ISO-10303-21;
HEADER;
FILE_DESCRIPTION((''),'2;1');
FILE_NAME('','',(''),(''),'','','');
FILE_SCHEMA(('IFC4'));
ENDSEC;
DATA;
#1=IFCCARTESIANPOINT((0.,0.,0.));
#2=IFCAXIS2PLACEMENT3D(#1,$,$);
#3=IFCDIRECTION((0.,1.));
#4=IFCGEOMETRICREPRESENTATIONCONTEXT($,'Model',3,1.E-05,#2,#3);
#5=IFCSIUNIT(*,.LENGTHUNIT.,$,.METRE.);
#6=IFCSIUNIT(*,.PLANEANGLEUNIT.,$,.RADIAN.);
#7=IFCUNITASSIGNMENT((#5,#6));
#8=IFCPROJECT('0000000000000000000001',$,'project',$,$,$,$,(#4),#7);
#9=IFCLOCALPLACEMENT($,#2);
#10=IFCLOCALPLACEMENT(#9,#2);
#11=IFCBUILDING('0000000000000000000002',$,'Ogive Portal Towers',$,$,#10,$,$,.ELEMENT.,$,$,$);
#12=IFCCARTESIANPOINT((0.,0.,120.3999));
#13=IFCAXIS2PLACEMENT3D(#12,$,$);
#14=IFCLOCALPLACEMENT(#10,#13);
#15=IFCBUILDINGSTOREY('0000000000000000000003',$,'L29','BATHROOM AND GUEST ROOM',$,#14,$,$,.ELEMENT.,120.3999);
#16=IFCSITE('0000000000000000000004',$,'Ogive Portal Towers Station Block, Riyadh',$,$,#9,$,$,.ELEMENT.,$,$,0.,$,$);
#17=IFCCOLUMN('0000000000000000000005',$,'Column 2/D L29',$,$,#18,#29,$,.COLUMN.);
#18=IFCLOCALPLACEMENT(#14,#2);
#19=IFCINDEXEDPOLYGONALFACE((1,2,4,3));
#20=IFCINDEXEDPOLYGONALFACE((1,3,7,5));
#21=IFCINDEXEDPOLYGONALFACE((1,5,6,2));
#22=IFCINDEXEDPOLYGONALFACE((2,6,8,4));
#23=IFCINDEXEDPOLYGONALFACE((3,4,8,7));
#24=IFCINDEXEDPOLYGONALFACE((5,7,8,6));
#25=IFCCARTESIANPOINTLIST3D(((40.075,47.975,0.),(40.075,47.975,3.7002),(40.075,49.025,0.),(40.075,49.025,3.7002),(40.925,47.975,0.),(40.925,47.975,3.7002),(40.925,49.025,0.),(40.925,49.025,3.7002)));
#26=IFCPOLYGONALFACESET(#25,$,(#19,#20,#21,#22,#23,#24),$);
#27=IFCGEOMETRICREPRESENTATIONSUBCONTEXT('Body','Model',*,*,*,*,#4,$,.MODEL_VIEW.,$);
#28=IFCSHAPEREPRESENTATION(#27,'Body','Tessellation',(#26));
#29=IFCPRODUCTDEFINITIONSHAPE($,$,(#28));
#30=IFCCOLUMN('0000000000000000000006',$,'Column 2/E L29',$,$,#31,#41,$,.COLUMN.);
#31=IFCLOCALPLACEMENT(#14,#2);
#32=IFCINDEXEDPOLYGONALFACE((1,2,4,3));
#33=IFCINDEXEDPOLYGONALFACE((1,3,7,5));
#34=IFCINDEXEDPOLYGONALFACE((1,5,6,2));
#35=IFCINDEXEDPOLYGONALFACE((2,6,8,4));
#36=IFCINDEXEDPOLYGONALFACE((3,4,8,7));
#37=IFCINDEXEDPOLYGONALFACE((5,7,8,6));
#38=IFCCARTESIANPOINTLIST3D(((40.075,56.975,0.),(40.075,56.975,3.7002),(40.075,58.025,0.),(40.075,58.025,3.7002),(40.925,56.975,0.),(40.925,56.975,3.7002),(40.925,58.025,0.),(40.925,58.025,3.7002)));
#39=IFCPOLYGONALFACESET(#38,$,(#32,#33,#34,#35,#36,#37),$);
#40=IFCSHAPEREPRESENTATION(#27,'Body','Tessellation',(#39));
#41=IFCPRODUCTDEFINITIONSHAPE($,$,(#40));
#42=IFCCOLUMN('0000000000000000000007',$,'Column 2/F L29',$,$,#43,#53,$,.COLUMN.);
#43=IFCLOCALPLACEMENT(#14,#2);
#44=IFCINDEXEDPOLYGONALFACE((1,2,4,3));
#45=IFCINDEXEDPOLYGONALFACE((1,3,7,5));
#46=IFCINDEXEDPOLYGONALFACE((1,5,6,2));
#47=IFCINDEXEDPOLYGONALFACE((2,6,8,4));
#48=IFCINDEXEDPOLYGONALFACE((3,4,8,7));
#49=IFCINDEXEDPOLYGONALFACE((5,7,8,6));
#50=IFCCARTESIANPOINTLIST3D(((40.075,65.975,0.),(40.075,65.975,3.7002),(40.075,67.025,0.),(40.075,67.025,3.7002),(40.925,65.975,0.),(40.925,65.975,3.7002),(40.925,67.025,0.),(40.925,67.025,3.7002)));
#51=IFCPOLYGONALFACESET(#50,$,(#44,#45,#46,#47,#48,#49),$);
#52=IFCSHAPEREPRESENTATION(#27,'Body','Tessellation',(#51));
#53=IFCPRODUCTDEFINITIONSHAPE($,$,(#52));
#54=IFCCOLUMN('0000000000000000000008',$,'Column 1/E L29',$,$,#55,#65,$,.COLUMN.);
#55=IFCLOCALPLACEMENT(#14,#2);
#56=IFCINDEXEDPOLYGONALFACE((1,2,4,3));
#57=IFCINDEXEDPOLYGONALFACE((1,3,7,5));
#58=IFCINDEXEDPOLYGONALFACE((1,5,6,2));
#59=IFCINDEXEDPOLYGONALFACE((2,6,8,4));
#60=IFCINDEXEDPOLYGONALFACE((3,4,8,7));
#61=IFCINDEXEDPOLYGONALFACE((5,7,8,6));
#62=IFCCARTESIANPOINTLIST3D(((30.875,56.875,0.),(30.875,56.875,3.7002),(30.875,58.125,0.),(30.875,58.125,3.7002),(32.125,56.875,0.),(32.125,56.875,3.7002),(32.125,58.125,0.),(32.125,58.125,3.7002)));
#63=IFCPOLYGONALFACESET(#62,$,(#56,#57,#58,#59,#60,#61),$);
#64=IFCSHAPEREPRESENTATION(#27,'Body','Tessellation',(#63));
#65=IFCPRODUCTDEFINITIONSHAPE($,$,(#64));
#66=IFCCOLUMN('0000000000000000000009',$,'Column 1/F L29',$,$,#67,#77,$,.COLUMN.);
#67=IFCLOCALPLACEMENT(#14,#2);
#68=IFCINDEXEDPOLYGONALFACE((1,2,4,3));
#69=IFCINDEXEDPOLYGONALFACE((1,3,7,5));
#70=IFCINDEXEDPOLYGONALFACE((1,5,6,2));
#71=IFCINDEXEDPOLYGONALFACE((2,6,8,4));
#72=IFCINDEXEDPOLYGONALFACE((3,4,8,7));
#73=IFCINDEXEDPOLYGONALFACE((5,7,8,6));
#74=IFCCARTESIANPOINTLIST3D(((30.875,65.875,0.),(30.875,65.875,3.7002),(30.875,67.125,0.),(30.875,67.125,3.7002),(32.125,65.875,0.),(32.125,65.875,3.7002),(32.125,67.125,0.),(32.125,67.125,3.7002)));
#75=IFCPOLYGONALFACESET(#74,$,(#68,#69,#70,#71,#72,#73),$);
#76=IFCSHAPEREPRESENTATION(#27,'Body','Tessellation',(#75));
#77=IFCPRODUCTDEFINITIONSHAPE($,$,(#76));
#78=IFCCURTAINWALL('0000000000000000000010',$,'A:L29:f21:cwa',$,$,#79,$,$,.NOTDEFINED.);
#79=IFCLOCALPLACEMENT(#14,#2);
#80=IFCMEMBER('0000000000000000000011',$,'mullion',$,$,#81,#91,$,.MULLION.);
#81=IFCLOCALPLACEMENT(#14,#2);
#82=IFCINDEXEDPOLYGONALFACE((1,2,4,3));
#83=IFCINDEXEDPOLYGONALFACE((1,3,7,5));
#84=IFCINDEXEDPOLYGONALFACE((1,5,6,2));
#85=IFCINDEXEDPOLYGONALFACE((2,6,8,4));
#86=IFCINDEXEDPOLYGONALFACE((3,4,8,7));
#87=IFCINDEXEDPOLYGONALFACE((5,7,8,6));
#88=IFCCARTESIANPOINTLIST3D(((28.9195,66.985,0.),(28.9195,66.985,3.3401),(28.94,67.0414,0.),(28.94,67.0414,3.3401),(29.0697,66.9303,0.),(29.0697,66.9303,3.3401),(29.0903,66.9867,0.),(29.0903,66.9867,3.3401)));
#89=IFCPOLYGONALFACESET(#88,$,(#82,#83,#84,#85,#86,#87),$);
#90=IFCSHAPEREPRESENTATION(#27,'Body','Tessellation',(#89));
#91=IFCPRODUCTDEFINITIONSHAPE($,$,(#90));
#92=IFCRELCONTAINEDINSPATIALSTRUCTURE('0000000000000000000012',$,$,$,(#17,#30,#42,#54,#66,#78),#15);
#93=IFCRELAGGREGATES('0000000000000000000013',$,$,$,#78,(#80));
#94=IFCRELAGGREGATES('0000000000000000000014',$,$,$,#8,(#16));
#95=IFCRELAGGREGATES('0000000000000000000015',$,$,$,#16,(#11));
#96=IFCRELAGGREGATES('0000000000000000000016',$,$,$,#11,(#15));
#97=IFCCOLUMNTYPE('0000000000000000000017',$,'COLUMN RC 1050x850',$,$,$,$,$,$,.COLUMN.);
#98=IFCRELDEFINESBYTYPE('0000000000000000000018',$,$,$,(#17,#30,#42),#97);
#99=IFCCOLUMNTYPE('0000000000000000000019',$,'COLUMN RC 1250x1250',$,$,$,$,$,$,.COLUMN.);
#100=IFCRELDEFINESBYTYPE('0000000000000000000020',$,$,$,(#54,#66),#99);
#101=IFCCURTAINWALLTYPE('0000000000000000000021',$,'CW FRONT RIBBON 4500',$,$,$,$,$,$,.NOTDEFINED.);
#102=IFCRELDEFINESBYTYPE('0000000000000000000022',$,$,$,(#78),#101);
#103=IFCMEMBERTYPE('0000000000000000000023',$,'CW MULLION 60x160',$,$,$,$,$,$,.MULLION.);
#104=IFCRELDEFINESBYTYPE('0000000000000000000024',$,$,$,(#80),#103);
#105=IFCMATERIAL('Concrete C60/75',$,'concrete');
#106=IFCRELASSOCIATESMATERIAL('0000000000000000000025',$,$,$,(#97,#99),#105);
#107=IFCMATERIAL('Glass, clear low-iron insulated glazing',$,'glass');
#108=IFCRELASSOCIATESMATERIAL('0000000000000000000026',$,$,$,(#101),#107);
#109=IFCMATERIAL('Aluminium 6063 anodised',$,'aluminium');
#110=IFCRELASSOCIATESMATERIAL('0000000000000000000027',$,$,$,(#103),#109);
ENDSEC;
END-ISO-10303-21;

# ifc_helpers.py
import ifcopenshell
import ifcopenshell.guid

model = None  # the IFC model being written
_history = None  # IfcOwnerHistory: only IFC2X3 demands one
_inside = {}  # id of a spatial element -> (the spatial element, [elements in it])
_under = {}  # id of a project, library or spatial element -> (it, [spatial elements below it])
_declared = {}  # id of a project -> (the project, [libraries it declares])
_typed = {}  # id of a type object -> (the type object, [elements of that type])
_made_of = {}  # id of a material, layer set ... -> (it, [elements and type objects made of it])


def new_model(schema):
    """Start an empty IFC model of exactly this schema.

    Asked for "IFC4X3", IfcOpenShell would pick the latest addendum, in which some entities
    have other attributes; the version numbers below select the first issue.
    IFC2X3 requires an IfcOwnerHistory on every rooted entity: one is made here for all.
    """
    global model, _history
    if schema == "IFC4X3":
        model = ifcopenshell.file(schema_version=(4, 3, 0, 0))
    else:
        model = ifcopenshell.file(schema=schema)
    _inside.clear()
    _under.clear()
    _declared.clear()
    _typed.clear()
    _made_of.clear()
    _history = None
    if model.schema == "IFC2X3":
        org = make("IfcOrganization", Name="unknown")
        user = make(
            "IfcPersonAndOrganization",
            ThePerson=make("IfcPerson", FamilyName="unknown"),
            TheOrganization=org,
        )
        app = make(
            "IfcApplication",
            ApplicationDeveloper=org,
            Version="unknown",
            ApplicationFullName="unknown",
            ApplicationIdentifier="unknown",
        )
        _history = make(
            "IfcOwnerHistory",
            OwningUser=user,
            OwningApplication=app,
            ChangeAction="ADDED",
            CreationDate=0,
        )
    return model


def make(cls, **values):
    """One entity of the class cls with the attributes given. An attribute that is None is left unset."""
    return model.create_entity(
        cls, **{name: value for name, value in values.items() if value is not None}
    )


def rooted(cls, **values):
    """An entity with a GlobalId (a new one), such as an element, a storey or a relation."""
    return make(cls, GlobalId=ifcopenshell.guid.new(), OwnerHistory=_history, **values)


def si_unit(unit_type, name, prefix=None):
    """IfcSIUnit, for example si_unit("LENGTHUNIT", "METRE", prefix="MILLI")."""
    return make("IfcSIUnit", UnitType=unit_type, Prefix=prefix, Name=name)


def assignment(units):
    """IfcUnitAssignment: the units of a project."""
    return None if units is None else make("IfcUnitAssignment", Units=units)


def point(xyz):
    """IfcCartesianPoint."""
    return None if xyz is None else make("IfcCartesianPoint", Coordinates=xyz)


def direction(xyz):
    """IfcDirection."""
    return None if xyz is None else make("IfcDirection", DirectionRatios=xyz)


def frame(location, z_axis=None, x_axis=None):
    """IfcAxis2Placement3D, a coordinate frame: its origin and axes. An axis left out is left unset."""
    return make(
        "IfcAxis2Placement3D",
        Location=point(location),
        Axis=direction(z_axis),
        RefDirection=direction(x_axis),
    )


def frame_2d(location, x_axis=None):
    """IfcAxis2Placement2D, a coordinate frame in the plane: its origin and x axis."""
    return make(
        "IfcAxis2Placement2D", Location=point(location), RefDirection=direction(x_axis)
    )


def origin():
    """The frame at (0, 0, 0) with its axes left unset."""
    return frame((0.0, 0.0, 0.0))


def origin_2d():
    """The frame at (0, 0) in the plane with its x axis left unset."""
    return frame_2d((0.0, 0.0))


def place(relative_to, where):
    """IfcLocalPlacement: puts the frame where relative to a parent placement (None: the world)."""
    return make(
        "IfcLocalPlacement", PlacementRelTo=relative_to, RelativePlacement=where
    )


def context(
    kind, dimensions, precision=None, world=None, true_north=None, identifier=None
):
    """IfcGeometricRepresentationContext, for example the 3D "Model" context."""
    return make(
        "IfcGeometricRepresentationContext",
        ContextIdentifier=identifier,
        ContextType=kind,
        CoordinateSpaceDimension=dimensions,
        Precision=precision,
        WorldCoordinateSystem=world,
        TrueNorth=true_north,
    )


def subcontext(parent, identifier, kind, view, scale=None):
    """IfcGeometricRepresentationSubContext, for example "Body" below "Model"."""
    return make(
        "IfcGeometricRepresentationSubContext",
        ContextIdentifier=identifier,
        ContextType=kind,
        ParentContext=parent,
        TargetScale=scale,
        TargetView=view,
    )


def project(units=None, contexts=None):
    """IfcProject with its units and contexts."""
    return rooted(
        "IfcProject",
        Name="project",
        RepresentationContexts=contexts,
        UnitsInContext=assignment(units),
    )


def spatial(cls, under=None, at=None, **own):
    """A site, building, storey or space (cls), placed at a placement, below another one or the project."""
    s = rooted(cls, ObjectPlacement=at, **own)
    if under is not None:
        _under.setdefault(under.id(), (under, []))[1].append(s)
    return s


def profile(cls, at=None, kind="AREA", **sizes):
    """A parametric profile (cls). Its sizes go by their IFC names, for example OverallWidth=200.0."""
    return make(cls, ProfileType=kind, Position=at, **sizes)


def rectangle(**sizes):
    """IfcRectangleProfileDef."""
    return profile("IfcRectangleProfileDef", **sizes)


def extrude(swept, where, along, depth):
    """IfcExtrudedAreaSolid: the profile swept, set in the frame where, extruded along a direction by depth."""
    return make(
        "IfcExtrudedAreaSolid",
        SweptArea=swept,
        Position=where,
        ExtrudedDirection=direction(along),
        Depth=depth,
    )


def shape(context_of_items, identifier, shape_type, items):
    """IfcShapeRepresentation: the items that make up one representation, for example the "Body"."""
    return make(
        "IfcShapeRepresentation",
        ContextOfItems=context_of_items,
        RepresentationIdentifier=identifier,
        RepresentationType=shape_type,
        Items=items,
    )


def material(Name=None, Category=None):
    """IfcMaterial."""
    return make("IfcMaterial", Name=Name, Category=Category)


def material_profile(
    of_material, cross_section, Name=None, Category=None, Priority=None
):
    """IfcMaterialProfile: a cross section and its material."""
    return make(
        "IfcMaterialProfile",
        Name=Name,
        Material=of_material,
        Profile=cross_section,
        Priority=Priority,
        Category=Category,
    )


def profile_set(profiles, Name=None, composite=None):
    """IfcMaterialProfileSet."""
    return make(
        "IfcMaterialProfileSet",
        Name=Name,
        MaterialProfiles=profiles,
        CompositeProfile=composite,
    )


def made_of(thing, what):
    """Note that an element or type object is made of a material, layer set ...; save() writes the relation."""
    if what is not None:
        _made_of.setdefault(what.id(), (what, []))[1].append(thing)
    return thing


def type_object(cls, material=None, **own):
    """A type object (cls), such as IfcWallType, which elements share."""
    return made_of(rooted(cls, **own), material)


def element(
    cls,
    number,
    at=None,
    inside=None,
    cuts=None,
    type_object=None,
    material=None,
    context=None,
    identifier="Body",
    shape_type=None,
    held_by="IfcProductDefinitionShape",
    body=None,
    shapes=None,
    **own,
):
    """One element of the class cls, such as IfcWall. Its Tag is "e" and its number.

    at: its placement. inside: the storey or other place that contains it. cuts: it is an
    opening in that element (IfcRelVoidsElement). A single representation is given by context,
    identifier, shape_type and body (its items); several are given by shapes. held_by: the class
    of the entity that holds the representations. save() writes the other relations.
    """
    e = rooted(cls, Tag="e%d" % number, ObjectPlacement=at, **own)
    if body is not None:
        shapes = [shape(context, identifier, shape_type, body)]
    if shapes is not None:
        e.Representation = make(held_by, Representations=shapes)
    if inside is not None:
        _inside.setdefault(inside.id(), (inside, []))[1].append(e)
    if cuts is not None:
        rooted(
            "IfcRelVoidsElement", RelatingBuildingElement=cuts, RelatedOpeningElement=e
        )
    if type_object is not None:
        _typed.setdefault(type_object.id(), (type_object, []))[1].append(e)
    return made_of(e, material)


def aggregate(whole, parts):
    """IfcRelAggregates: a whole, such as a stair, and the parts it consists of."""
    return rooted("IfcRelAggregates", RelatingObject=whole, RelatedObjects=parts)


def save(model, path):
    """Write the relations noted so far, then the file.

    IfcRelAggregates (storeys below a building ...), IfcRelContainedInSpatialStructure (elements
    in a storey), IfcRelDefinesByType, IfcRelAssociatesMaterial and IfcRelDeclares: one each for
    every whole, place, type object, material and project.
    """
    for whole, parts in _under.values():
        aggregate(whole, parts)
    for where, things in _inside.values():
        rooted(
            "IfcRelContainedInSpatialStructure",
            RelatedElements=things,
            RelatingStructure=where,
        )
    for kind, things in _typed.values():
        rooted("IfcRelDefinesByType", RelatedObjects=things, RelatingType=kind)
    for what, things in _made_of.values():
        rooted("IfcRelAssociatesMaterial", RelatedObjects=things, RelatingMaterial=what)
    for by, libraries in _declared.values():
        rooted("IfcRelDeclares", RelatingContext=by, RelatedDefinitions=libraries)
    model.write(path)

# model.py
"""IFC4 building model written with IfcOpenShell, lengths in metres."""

from ifc_helpers import new_model, si_unit, direction, frame, origin, origin_2d, place, context, subcontext, project, spatial, rectangle, extrude, material, material_profile, profile_set, type_object, element, aggregate, save


model = new_model("IFC4")

# Units and contexts
model_context = context("Model", 3, precision=1e-05, world=origin(), true_north=direction((0.0, 1.0)))
body_context = subcontext(model_context, "Body", "Model", "MODEL_VIEW")
ifc_project = project(units=[si_unit("LENGTHUNIT", "METRE"), si_unit("PLANEANGLEUNIT", "RADIAN")], contexts=[model_context])

# Site, building, storey
site_placement = place(None, origin())
site = spatial("IfcSite", under=ifc_project, at=site_placement, Name="Ogive Portal Towers Station Block, Riyadh", CompositionType="ELEMENT", RefElevation=0.0)
building_placement = place(site_placement, origin())
building = spatial("IfcBuilding", under=site, at=building_placement, Name="Ogive Portal Towers", CompositionType="ELEMENT")
storey_placement = place(building_placement, frame((0.0, 0.0, 120.3999)))
storey = spatial("IfcBuildingStorey", under=building, at=storey_placement, Name="L29", Description="BATHROOM AND GUEST ROOM", CompositionType="ELEMENT", Elevation=120.3999)

# Columns
ifc_material_1 = material(Name="Concrete C60/75", Category="concrete")
ifc_material_profile_1 = material_profile(ifc_material_1, rectangle(XDim=1.05, YDim=0.8501, at=origin_2d()), Name="RC 1050x850")
ifc_profile_set_1 = profile_set([ifc_material_profile_1], Name="Concrete C60/75")
column_type_1 = type_object("IfcColumnType", Name="COLUMN RC 1050x850", PredefinedType="COLUMN", material=ifc_profile_set_1)
for number, where, z_axis, x_axis, name in (
    (1, (40.5, 48.5, 0.0), (0.0, 0.0, 1.0), (0.0, 1.0, 0.0), "Column 2/D L29"),
    (2, (40.5, 57.5, 0.0), (0.0, 0.0, 1.0), (0.0, 1.0, 0.0), "Column 2/E L29"),
    (3, (40.5, 66.5, 0.0), (0.0, 0.0, 1.0), (0.0, 1.0, 0.0), "Column 2/F L29"),
):
    element("IfcColumn", number, at=place(storey_placement, frame(where, z_axis=z_axis, x_axis=x_axis)), inside=storey, type_object=column_type_1, Name=name, PredefinedType="COLUMN", context=body_context, shape_type="SweptSolid", body=[
        extrude(rectangle(XDim=1.05, YDim=0.8501, at=origin_2d()), origin(), (0.0, 0.0, 1.0), 3.7002),
    ])
ifc_material_profile_2 = material_profile(ifc_material_1, rectangle(XDim=1.25, YDim=1.25, at=origin_2d()), Name="RC 1250x1250")
ifc_profile_set_2 = profile_set([ifc_material_profile_2], Name="Concrete C60/75")
column_type_2 = type_object("IfcColumnType", Name="COLUMN RC 1250x1250", PredefinedType="COLUMN", material=ifc_profile_set_2)
for number, where, z_axis, x_axis, name in (
    (4, (31.5, 57.5, 0.0), (0.0, 0.0, 1.0), (1.0, 0.0, 0.0), "Column 1/E L29"),
    (5, (31.5, 66.5, 0.0), (0.0, 0.0, 1.0), (1.0, 0.0, 0.0), "Column 1/F L29"),
):
    element("IfcColumn", number, at=place(storey_placement, frame(where, z_axis=z_axis, x_axis=x_axis)), inside=storey, type_object=column_type_2, Name=name, PredefinedType="COLUMN", context=body_context, shape_type="SweptSolid", body=[
        extrude(rectangle(XDim=1.25, YDim=1.25, at=origin_2d()), origin(), (0.0, 0.0, 1.0), 3.7002),
    ])

# Curtain wall, member
ifc_material_2 = material(Name="Glass, clear low-iron insulated glazing", Category="glass")
curtain_wall_type = type_object("IfcCurtainWallType", Name="CW FRONT RIBBON 4500", PredefinedType="NOTDEFINED", material=ifc_material_2)
curtain_wall_placement = place(storey_placement, origin())
curtain_wall = element("IfcCurtainWall", 6, at=curtain_wall_placement, inside=storey, type_object=curtain_wall_type, Name="A:L29:f21:cwa", PredefinedType="NOTDEFINED")
ifc_material_3 = material(Name="Aluminium 6063 anodised", Category="aluminium")
ifc_material_profile_3 = material_profile(ifc_material_3, rectangle(XDim=0.1599, YDim=0.0601, at=origin_2d()), Name="AL 60x160")
ifc_profile_set_3 = profile_set([ifc_material_profile_3], Name="Aluminium 6063 anodised")
member_type = type_object("IfcMemberType", Name="CW MULLION 60x160", PredefinedType="MULLION", material=ifc_profile_set_3)
member_placement = place(storey_placement, frame((29.0049, 66.9858, 0.0), z_axis=(0.0, 0.0, 1.0), x_axis=(0.939693, -0.34202, 0.0)))
member = element("IfcMember", 7, at=member_placement, type_object=member_type, Name="mullion", PredefinedType="MULLION", context=body_context, shape_type="SweptSolid", body=[
    extrude(rectangle(XDim=0.1599, YDim=0.0601, at=origin_2d()), origin(), (0.0, 0.0, 1.0), 3.3401),
])
aggregate(curtain_wall, [member])

save(model, "model.ifc")
